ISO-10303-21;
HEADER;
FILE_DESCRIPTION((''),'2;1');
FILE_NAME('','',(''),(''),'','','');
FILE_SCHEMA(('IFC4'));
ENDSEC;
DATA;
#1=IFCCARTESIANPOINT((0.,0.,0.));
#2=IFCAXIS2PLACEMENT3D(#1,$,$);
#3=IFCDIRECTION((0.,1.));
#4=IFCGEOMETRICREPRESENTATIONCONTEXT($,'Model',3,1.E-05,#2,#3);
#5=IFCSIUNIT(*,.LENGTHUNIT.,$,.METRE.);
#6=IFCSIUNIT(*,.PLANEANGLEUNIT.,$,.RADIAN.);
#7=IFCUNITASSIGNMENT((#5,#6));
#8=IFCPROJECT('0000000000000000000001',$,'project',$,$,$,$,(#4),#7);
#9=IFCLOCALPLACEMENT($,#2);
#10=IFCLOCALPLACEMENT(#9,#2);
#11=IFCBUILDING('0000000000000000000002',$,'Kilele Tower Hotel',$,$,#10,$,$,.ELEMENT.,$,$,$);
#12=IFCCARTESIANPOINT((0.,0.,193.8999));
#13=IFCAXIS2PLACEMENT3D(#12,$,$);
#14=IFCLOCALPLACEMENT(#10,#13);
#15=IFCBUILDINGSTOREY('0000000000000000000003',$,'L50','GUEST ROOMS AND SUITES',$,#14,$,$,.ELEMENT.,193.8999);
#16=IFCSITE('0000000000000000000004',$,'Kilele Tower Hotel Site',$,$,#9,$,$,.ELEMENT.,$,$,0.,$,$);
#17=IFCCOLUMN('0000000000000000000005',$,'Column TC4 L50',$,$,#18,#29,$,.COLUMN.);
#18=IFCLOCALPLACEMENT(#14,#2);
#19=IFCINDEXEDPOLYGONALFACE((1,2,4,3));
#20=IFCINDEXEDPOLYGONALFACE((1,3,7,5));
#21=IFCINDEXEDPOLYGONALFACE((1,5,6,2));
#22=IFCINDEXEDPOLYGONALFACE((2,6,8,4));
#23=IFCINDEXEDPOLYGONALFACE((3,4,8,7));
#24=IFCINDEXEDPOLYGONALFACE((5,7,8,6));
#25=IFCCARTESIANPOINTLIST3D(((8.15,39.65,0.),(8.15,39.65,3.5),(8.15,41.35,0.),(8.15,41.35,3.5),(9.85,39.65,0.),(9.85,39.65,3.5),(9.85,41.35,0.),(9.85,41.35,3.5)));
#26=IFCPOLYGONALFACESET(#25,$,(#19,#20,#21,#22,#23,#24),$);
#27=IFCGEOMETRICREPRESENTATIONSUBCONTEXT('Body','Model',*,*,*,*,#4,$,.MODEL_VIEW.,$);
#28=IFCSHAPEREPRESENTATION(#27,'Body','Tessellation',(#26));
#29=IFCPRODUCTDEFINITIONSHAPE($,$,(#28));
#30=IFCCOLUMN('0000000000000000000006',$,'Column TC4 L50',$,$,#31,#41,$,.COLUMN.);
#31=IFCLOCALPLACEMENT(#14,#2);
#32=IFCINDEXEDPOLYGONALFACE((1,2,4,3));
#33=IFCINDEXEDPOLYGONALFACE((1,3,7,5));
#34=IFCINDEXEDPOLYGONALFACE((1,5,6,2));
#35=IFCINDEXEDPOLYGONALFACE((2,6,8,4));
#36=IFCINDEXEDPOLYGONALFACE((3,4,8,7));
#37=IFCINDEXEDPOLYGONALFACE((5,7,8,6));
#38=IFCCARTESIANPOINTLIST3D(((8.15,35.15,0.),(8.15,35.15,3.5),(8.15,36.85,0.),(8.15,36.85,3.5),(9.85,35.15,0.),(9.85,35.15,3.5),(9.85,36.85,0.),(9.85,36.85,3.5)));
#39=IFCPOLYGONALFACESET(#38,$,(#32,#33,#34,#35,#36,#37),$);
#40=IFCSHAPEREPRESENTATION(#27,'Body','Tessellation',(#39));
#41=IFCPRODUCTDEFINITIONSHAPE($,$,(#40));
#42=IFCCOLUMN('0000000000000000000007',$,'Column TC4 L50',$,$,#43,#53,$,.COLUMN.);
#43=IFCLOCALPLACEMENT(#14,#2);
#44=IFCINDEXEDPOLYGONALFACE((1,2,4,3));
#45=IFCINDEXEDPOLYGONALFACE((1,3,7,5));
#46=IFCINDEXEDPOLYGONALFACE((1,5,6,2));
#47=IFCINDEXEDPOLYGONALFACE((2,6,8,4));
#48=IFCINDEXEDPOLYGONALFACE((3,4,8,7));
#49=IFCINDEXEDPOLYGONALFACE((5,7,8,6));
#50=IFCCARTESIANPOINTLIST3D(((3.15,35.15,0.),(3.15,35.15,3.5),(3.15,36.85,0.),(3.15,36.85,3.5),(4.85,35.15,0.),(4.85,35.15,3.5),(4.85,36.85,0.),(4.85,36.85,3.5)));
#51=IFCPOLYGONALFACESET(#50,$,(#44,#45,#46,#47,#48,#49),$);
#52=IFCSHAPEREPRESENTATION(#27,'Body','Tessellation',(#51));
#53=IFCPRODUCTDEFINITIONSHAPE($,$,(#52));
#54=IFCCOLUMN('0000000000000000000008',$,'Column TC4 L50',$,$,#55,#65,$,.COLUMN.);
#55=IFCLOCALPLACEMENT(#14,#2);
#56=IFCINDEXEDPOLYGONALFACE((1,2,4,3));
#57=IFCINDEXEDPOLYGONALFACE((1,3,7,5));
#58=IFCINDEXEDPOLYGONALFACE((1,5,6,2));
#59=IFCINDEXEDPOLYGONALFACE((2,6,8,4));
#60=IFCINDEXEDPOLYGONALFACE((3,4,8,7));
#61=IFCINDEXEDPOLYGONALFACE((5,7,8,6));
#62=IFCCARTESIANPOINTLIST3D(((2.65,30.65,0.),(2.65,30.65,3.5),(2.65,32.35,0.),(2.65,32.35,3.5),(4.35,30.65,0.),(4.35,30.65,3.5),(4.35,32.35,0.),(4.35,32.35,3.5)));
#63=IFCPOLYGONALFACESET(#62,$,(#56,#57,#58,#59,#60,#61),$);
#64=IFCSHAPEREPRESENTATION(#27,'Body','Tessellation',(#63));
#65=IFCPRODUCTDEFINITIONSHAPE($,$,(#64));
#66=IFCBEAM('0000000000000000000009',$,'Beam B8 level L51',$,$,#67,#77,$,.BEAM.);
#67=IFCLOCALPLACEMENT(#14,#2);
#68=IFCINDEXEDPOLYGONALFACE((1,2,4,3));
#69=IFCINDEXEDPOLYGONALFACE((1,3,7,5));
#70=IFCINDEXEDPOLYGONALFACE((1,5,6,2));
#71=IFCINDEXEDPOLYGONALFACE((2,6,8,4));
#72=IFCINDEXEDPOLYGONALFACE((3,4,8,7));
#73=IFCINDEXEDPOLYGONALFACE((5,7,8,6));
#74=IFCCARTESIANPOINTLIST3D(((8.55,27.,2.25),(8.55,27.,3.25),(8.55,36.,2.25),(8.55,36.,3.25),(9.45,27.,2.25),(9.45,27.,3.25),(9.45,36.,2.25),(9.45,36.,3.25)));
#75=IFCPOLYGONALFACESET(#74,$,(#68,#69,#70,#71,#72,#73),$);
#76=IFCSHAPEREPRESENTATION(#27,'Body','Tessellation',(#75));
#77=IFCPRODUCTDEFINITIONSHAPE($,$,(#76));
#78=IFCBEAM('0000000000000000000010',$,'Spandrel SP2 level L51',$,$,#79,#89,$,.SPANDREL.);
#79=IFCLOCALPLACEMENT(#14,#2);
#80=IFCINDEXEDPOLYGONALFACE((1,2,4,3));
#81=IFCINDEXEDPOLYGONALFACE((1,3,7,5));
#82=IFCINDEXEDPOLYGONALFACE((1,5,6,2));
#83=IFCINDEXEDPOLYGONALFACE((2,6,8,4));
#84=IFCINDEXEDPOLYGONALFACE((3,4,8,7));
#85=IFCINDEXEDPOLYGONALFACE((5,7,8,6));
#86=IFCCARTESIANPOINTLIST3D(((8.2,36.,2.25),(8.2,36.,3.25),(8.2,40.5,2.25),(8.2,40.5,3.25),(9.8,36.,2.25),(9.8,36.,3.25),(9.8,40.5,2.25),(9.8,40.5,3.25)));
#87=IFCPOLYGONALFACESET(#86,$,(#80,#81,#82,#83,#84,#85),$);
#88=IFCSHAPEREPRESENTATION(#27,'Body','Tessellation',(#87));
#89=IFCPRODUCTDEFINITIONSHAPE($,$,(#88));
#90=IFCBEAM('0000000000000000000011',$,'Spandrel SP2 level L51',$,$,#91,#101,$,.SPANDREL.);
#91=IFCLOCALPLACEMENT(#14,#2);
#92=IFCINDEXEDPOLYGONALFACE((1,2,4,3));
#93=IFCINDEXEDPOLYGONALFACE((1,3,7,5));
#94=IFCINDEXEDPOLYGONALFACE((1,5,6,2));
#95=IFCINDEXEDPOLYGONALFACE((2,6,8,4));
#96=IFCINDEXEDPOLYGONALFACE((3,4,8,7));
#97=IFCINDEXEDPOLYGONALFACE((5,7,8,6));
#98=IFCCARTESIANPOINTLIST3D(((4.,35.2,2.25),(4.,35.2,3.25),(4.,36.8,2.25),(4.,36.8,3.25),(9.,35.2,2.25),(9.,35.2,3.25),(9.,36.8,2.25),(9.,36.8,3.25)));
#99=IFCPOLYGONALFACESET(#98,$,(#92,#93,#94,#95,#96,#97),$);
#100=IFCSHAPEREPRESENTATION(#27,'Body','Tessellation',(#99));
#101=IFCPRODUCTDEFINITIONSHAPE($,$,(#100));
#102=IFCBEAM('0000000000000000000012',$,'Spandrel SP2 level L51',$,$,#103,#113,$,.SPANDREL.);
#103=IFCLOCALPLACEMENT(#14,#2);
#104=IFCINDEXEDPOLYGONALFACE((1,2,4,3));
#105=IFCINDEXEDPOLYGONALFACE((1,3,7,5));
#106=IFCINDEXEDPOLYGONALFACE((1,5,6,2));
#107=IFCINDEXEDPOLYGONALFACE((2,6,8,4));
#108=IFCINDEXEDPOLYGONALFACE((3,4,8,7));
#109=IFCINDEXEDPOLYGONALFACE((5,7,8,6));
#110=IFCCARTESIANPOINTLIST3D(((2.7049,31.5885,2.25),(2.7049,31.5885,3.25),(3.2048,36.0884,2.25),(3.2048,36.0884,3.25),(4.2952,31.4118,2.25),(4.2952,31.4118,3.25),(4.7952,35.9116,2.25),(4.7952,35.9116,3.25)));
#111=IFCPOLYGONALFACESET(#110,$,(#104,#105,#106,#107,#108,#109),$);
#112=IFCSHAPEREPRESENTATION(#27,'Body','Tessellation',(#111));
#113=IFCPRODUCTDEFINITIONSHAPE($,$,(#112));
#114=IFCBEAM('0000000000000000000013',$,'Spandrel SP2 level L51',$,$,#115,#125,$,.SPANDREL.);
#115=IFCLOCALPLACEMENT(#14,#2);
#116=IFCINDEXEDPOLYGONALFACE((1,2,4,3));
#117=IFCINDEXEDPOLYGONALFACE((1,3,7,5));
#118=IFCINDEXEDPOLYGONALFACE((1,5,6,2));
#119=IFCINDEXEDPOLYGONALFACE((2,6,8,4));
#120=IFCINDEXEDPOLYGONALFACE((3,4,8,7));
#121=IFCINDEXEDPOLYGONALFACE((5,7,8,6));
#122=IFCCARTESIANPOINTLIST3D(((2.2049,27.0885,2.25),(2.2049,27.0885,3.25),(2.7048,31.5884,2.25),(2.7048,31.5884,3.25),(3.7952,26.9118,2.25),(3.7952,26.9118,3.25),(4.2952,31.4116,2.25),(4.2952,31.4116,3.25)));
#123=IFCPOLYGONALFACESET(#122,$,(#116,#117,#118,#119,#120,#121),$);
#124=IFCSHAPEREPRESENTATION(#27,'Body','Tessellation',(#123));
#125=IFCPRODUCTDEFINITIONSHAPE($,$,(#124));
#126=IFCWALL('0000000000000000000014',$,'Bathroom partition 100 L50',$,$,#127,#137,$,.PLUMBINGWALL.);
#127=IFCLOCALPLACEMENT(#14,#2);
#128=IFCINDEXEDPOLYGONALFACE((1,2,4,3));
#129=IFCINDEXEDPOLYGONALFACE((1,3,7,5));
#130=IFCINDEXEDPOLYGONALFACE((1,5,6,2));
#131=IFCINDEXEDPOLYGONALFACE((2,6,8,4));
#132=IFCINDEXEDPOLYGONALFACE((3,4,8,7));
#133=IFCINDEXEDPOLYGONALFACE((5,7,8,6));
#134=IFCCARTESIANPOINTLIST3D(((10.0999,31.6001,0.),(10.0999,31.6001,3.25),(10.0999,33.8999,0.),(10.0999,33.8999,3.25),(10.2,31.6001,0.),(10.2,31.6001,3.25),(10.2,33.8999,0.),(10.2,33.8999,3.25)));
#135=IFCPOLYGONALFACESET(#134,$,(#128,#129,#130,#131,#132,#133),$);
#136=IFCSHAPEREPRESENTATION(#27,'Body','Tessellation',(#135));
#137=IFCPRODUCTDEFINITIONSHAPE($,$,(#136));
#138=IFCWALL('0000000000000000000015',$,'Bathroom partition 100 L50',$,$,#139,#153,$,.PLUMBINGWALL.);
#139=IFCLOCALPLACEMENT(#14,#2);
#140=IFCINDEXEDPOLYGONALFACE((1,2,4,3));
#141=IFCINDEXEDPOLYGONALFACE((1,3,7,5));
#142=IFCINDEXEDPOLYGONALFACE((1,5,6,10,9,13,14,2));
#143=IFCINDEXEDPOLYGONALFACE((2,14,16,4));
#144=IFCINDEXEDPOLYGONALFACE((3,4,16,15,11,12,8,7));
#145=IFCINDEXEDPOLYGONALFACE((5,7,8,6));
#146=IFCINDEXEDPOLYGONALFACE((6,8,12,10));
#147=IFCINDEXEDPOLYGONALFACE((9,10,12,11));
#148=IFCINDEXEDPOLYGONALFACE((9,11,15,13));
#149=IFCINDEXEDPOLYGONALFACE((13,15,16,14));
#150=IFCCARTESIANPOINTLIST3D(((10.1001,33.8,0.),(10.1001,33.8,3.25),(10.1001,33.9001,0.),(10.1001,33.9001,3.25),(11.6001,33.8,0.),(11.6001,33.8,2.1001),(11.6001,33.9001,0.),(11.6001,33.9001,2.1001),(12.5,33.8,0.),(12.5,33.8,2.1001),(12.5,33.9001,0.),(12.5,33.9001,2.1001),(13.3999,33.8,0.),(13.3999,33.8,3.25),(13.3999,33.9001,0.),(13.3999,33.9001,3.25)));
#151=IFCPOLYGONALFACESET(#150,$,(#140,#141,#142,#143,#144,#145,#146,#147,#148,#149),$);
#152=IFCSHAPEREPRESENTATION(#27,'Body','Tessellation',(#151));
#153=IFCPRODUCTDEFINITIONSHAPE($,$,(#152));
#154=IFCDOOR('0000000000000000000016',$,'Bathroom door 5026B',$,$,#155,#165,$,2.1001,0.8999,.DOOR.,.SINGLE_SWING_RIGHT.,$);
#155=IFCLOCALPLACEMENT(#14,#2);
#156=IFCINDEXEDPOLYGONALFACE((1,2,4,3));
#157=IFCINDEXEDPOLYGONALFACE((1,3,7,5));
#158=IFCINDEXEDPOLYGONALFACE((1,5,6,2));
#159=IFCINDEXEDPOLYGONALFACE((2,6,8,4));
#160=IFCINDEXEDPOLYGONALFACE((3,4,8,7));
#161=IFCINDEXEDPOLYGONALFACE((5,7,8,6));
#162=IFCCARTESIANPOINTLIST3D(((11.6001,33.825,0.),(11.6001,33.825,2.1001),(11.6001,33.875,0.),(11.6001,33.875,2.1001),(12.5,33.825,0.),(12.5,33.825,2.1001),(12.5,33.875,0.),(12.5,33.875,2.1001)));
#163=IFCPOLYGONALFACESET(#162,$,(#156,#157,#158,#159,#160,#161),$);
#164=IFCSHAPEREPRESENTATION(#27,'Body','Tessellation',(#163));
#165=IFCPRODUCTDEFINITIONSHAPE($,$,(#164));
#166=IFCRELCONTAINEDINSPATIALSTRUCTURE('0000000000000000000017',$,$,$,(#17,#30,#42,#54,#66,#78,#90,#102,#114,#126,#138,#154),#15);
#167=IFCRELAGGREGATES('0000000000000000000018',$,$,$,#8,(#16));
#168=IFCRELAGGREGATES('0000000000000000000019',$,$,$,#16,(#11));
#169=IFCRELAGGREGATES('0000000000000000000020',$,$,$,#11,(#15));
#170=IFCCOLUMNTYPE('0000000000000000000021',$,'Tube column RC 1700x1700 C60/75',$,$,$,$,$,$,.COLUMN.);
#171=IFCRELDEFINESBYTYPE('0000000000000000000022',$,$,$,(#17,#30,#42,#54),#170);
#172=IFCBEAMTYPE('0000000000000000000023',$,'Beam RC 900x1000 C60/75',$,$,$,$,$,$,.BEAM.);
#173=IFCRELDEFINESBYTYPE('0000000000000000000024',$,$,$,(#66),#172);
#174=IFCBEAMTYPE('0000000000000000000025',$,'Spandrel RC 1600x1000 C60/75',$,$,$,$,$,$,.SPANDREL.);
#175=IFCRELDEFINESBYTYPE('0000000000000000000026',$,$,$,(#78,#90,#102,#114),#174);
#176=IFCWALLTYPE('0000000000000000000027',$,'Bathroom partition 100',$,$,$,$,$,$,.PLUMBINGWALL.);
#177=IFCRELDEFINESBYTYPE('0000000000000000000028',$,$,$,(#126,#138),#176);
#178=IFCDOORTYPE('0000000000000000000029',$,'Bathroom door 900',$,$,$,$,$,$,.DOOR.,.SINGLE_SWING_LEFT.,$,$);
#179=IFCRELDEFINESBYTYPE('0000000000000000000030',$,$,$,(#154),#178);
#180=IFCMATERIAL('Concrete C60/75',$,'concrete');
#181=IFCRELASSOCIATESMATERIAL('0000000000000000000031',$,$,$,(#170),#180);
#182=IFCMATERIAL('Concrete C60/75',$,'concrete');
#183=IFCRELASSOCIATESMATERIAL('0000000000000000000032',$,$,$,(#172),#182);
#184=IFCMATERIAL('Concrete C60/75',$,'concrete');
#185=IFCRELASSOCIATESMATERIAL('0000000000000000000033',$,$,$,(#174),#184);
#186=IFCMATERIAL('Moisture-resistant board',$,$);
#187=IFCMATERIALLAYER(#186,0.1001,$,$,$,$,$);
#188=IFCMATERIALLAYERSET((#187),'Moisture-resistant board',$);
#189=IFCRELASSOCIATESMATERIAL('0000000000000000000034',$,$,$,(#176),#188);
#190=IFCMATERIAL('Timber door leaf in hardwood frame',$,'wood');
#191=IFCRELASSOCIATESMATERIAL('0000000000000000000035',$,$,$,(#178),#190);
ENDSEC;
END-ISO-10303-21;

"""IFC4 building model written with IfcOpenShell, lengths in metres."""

from ifc_helpers import new_model, si_unit, direction, frame, frame_2d, origin, origin_2d, place, context, subcontext, project, spatial, rectangle, extrude, material, layer, layer_set, material_profile, profile_set, type_object, element, fill, save


model = new_model("IFC4")

# Units and contexts
model_context = context("Model", 3, precision=1e-05, world=origin(), true_north=direction((0.0, 1.0)))
body_context = subcontext(model_context, "Body", "Model", "MODEL_VIEW")
ifc_project = project(units=[si_unit("LENGTHUNIT", "METRE"), si_unit("PLANEANGLEUNIT", "RADIAN")], contexts=[model_context])

# Site, building, storey
site_placement = place(None, origin())
site = spatial("IfcSite", under=ifc_project, at=site_placement, Name="Kilele Tower Hotel Site", CompositionType="ELEMENT", RefElevation=0.0)
building_placement = place(site_placement, origin())
building = spatial("IfcBuilding", under=site, at=building_placement, Name="Kilele Tower Hotel", CompositionType="ELEMENT")
storey_placement = place(building_placement, frame((0.0, 0.0, 193.8999)))
storey = spatial("IfcBuildingStorey", under=building, at=storey_placement, Name="L50", Description="GUEST ROOMS AND SUITES", CompositionType="ELEMENT", Elevation=193.8999)

# Columns
ifc_material_1 = material(Name="Concrete C60/75", Category="concrete")
ifc_material_profile_1 = material_profile(ifc_material_1, rectangle(XDim=1.7, YDim=1.7, at=origin_2d()))
ifc_profile_set_1 = profile_set([ifc_material_profile_1], Name="Concrete C60/75")
column_type = type_object("IfcColumnType", Name="Tube column RC 1700x1700 C60/75", PredefinedType="COLUMN", material=ifc_profile_set_1)
for number, where, z_axis, x_axis, name in (
    (1, (9.0, 40.5, 0.0), (0.0, 0.0, 1.0), (1.0, 0.0, 0.0), "Column TC4 L50"),
    (2, (9.0, 36.0, 0.0), (0.0, 0.0, 1.0), (1.0, 0.0, 0.0), "Column TC4 L50"),
    (3, (4.0, 36.0, 0.0), (0.0, 0.0, 1.0), (1.0, 0.0, 0.0), "Column TC4 L50"),
    (4, (3.5, 31.5, 0.0), (0.0, 0.0, 1.0), (1.0, 0.0, 0.0), "Column TC4 L50"),
):
    element("IfcColumn", number, at=place(storey_placement, frame(where, z_axis=z_axis, x_axis=x_axis)), inside=storey, type_object=column_type, Name=name, PredefinedType="COLUMN", context=body_context, shape_type="SweptSolid", body=[
        extrude(rectangle(XDim=1.7, YDim=1.7, at=origin_2d()), origin(), (0.0, 0.0, 1.0), 3.5),
    ])

# Beams
ifc_material_2 = material(Name="Concrete C60/75", Category="concrete")
ifc_material_profile_2 = material_profile(ifc_material_2, rectangle(XDim=0.8999, YDim=1.0, at=origin_2d()))
ifc_profile_set_2 = profile_set([ifc_material_profile_2], Name="Concrete C60/75")
beam_type_1 = type_object("IfcBeamType", Name="Beam RC 900x1000 C60/75", PredefinedType="BEAM", material=ifc_profile_set_2)
beam_1_placement = place(storey_placement, frame((9.0, 36.0, 2.75), z_axis=(0.0, -1.0, 0.0), x_axis=(1.0, 0.0, 0.0)))
element("IfcBeam", 5, at=beam_1_placement, inside=storey, type_object=beam_type_1, Name="Beam B8 level L51", PredefinedType="BEAM", context=body_context, shape_type="SweptSolid", body=[
    extrude(rectangle(XDim=0.8999, YDim=1.0, at=origin_2d()), origin(), (0.0, 0.0, 1.0), 9.0),
])
ifc_material_3 = material(Name="Concrete C60/75", Category="concrete")
ifc_material_profile_3 = material_profile(ifc_material_3, rectangle(XDim=1.6001, YDim=1.0, at=origin_2d()))
ifc_profile_set_3 = profile_set([ifc_material_profile_3], Name="Concrete C60/75")
beam_type_2 = type_object("IfcBeamType", Name="Spandrel RC 1600x1000 C60/75", PredefinedType="SPANDREL", material=ifc_profile_set_3)
beam_2_placement = place(storey_placement, frame((9.0, 40.5, 2.75), z_axis=(0.0, -1.0, 0.0), x_axis=(1.0, 0.0, 0.0)))
element("IfcBeam", 6, at=beam_2_placement, inside=storey, type_object=beam_type_2, Name="Spandrel SP2 level L51", PredefinedType="SPANDREL", context=body_context, shape_type="SweptSolid", body=[
    extrude(rectangle(XDim=1.6001, YDim=1.0, at=origin_2d()), origin(), (0.0, 0.0, 1.0), 4.5),
])
beam_3_placement = place(storey_placement, frame((9.0, 36.0, 2.75), z_axis=(-1.0, 0.0, 0.0), x_axis=(0.0, -1.0, 0.0)))
element("IfcBeam", 7, at=beam_3_placement, inside=storey, type_object=beam_type_2, Name="Spandrel SP2 level L51", PredefinedType="SPANDREL", context=body_context, shape_type="SweptSolid", body=[
    extrude(rectangle(XDim=1.6001, YDim=1.0, at=origin_2d()), origin(), (0.0, 0.0, 1.0), 5.0),
])
for number, where, z_axis, x_axis, name in (
    (8, (4.0, 36.0, 2.75), (-0.110432, -0.993884, 0.0), (0.993884, -0.110432, 0.0), "Spandrel SP2 level L51"),
    (9, (3.5, 31.5, 2.75), (-0.110432, -0.993884, 0.0), (0.993884, -0.110432, 0.0), "Spandrel SP2 level L51"),
):
    element("IfcBeam", number, at=place(storey_placement, frame(where, z_axis=z_axis, x_axis=x_axis)), inside=storey, type_object=beam_type_2, Name=name, PredefinedType="SPANDREL", context=body_context, shape_type="SweptSolid", body=[
        extrude(rectangle(XDim=1.6001, YDim=1.0, at=origin_2d()), origin(), (0.0, 0.0, 1.0), 4.5276),
    ])

# Wall
ifc_material_4 = material(Name="Moisture-resistant board")
ifc_layer_1 = layer(ifc_material_4, 0.1001)
ifc_layer_set_1 = layer_set([ifc_layer_1], Name="Moisture-resistant board")
wall_type_1 = type_object("IfcWallType", Name="Bathroom partition 100", PredefinedType="PLUMBINGWALL", material=ifc_layer_set_1)
wall_1_placement = place(storey_placement, frame((10.1499, 31.6001, 0.0), z_axis=(0.0, 0.0, 1.0), x_axis=(0.0, 1.0, 0.0)))
element("IfcWall", 10, at=wall_1_placement, inside=storey, type_object=wall_type_1, Name="Bathroom partition 100 L50", PredefinedType="PLUMBINGWALL", context=body_context, shape_type="SweptSolid", body=[
    extrude(rectangle(XDim=2.2998, YDim=0.1001, at=frame_2d((1.1499, 0.0))), origin(), (0.0, 0.0, 1.0), 3.25),
])

# Wall, opening, door
wall_2_placement = place(storey_placement, frame((13.3999, 33.8501, 0.0), z_axis=(0.0, 0.0, 1.0), x_axis=(-1.0, 0.0, 0.0)))
wall_2 = element("IfcWall", 11, at=wall_2_placement, inside=storey, type_object=wall_type_1, Name="Bathroom partition 100 L50", PredefinedType="PLUMBINGWALL", context=body_context, shape_type="SweptSolid", body=[
    extrude(rectangle(XDim=3.2998, YDim=0.1001, at=frame_2d((1.6499, 0.0))), origin(), (0.0, 0.0, 1.0), 3.25),
])
opening_1_placement = place(wall_2_placement, frame((1.7998, 0.0, 0.0), z_axis=(0.0, 0.0, 1.0), x_axis=(-1.0, 0.0, 0.0)))
opening_1 = element("IfcOpeningElement", 12, at=opening_1_placement, cuts=wall_2, PredefinedType="OPENING", context=body_context, shape_type="SweptSolid", body=[
    extrude(rectangle(XDim=0.8999, YDim=2.1001, at=frame_2d((0.45, 1.05))), frame((0.0, 0.0601, 0.0), z_axis=(0.0, -1.0, 0.0), x_axis=(1.0, 0.0, 0.0)), (0.0, 0.0, 1.0), 0.1201),
])
ifc_material_5 = material(Name="Timber door leaf in hardwood frame", Category="wood")
door_type_1 = type_object("IfcDoorType", Name="Bathroom door 900", OperationType="SINGLE_SWING_LEFT", PredefinedType="DOOR", material=ifc_material_5)
door_1_placement = place(opening_1_placement, origin())
door_1 = element("IfcDoor", 13, at=door_1_placement, inside=storey, type_object=door_type_1, Name="Bathroom door 5026B", OperationType="SINGLE_SWING_RIGHT", OverallHeight=2.1001, OverallWidth=0.8999, PredefinedType="DOOR", context=body_context, shape_type="SweptSolid", body=[
    extrude(rectangle(XDim=0.8999, YDim=2.1001, at=frame_2d((0.45, 1.05))), frame((0.0, 0.0249, 0.0), z_axis=(0.0, -1.0, 0.0), x_axis=(1.0, 0.0, 0.0)), (0.0, 0.0, 1.0), 0.05),
])
fill(opening_1, door_1)

save(model, "model.ifc")
